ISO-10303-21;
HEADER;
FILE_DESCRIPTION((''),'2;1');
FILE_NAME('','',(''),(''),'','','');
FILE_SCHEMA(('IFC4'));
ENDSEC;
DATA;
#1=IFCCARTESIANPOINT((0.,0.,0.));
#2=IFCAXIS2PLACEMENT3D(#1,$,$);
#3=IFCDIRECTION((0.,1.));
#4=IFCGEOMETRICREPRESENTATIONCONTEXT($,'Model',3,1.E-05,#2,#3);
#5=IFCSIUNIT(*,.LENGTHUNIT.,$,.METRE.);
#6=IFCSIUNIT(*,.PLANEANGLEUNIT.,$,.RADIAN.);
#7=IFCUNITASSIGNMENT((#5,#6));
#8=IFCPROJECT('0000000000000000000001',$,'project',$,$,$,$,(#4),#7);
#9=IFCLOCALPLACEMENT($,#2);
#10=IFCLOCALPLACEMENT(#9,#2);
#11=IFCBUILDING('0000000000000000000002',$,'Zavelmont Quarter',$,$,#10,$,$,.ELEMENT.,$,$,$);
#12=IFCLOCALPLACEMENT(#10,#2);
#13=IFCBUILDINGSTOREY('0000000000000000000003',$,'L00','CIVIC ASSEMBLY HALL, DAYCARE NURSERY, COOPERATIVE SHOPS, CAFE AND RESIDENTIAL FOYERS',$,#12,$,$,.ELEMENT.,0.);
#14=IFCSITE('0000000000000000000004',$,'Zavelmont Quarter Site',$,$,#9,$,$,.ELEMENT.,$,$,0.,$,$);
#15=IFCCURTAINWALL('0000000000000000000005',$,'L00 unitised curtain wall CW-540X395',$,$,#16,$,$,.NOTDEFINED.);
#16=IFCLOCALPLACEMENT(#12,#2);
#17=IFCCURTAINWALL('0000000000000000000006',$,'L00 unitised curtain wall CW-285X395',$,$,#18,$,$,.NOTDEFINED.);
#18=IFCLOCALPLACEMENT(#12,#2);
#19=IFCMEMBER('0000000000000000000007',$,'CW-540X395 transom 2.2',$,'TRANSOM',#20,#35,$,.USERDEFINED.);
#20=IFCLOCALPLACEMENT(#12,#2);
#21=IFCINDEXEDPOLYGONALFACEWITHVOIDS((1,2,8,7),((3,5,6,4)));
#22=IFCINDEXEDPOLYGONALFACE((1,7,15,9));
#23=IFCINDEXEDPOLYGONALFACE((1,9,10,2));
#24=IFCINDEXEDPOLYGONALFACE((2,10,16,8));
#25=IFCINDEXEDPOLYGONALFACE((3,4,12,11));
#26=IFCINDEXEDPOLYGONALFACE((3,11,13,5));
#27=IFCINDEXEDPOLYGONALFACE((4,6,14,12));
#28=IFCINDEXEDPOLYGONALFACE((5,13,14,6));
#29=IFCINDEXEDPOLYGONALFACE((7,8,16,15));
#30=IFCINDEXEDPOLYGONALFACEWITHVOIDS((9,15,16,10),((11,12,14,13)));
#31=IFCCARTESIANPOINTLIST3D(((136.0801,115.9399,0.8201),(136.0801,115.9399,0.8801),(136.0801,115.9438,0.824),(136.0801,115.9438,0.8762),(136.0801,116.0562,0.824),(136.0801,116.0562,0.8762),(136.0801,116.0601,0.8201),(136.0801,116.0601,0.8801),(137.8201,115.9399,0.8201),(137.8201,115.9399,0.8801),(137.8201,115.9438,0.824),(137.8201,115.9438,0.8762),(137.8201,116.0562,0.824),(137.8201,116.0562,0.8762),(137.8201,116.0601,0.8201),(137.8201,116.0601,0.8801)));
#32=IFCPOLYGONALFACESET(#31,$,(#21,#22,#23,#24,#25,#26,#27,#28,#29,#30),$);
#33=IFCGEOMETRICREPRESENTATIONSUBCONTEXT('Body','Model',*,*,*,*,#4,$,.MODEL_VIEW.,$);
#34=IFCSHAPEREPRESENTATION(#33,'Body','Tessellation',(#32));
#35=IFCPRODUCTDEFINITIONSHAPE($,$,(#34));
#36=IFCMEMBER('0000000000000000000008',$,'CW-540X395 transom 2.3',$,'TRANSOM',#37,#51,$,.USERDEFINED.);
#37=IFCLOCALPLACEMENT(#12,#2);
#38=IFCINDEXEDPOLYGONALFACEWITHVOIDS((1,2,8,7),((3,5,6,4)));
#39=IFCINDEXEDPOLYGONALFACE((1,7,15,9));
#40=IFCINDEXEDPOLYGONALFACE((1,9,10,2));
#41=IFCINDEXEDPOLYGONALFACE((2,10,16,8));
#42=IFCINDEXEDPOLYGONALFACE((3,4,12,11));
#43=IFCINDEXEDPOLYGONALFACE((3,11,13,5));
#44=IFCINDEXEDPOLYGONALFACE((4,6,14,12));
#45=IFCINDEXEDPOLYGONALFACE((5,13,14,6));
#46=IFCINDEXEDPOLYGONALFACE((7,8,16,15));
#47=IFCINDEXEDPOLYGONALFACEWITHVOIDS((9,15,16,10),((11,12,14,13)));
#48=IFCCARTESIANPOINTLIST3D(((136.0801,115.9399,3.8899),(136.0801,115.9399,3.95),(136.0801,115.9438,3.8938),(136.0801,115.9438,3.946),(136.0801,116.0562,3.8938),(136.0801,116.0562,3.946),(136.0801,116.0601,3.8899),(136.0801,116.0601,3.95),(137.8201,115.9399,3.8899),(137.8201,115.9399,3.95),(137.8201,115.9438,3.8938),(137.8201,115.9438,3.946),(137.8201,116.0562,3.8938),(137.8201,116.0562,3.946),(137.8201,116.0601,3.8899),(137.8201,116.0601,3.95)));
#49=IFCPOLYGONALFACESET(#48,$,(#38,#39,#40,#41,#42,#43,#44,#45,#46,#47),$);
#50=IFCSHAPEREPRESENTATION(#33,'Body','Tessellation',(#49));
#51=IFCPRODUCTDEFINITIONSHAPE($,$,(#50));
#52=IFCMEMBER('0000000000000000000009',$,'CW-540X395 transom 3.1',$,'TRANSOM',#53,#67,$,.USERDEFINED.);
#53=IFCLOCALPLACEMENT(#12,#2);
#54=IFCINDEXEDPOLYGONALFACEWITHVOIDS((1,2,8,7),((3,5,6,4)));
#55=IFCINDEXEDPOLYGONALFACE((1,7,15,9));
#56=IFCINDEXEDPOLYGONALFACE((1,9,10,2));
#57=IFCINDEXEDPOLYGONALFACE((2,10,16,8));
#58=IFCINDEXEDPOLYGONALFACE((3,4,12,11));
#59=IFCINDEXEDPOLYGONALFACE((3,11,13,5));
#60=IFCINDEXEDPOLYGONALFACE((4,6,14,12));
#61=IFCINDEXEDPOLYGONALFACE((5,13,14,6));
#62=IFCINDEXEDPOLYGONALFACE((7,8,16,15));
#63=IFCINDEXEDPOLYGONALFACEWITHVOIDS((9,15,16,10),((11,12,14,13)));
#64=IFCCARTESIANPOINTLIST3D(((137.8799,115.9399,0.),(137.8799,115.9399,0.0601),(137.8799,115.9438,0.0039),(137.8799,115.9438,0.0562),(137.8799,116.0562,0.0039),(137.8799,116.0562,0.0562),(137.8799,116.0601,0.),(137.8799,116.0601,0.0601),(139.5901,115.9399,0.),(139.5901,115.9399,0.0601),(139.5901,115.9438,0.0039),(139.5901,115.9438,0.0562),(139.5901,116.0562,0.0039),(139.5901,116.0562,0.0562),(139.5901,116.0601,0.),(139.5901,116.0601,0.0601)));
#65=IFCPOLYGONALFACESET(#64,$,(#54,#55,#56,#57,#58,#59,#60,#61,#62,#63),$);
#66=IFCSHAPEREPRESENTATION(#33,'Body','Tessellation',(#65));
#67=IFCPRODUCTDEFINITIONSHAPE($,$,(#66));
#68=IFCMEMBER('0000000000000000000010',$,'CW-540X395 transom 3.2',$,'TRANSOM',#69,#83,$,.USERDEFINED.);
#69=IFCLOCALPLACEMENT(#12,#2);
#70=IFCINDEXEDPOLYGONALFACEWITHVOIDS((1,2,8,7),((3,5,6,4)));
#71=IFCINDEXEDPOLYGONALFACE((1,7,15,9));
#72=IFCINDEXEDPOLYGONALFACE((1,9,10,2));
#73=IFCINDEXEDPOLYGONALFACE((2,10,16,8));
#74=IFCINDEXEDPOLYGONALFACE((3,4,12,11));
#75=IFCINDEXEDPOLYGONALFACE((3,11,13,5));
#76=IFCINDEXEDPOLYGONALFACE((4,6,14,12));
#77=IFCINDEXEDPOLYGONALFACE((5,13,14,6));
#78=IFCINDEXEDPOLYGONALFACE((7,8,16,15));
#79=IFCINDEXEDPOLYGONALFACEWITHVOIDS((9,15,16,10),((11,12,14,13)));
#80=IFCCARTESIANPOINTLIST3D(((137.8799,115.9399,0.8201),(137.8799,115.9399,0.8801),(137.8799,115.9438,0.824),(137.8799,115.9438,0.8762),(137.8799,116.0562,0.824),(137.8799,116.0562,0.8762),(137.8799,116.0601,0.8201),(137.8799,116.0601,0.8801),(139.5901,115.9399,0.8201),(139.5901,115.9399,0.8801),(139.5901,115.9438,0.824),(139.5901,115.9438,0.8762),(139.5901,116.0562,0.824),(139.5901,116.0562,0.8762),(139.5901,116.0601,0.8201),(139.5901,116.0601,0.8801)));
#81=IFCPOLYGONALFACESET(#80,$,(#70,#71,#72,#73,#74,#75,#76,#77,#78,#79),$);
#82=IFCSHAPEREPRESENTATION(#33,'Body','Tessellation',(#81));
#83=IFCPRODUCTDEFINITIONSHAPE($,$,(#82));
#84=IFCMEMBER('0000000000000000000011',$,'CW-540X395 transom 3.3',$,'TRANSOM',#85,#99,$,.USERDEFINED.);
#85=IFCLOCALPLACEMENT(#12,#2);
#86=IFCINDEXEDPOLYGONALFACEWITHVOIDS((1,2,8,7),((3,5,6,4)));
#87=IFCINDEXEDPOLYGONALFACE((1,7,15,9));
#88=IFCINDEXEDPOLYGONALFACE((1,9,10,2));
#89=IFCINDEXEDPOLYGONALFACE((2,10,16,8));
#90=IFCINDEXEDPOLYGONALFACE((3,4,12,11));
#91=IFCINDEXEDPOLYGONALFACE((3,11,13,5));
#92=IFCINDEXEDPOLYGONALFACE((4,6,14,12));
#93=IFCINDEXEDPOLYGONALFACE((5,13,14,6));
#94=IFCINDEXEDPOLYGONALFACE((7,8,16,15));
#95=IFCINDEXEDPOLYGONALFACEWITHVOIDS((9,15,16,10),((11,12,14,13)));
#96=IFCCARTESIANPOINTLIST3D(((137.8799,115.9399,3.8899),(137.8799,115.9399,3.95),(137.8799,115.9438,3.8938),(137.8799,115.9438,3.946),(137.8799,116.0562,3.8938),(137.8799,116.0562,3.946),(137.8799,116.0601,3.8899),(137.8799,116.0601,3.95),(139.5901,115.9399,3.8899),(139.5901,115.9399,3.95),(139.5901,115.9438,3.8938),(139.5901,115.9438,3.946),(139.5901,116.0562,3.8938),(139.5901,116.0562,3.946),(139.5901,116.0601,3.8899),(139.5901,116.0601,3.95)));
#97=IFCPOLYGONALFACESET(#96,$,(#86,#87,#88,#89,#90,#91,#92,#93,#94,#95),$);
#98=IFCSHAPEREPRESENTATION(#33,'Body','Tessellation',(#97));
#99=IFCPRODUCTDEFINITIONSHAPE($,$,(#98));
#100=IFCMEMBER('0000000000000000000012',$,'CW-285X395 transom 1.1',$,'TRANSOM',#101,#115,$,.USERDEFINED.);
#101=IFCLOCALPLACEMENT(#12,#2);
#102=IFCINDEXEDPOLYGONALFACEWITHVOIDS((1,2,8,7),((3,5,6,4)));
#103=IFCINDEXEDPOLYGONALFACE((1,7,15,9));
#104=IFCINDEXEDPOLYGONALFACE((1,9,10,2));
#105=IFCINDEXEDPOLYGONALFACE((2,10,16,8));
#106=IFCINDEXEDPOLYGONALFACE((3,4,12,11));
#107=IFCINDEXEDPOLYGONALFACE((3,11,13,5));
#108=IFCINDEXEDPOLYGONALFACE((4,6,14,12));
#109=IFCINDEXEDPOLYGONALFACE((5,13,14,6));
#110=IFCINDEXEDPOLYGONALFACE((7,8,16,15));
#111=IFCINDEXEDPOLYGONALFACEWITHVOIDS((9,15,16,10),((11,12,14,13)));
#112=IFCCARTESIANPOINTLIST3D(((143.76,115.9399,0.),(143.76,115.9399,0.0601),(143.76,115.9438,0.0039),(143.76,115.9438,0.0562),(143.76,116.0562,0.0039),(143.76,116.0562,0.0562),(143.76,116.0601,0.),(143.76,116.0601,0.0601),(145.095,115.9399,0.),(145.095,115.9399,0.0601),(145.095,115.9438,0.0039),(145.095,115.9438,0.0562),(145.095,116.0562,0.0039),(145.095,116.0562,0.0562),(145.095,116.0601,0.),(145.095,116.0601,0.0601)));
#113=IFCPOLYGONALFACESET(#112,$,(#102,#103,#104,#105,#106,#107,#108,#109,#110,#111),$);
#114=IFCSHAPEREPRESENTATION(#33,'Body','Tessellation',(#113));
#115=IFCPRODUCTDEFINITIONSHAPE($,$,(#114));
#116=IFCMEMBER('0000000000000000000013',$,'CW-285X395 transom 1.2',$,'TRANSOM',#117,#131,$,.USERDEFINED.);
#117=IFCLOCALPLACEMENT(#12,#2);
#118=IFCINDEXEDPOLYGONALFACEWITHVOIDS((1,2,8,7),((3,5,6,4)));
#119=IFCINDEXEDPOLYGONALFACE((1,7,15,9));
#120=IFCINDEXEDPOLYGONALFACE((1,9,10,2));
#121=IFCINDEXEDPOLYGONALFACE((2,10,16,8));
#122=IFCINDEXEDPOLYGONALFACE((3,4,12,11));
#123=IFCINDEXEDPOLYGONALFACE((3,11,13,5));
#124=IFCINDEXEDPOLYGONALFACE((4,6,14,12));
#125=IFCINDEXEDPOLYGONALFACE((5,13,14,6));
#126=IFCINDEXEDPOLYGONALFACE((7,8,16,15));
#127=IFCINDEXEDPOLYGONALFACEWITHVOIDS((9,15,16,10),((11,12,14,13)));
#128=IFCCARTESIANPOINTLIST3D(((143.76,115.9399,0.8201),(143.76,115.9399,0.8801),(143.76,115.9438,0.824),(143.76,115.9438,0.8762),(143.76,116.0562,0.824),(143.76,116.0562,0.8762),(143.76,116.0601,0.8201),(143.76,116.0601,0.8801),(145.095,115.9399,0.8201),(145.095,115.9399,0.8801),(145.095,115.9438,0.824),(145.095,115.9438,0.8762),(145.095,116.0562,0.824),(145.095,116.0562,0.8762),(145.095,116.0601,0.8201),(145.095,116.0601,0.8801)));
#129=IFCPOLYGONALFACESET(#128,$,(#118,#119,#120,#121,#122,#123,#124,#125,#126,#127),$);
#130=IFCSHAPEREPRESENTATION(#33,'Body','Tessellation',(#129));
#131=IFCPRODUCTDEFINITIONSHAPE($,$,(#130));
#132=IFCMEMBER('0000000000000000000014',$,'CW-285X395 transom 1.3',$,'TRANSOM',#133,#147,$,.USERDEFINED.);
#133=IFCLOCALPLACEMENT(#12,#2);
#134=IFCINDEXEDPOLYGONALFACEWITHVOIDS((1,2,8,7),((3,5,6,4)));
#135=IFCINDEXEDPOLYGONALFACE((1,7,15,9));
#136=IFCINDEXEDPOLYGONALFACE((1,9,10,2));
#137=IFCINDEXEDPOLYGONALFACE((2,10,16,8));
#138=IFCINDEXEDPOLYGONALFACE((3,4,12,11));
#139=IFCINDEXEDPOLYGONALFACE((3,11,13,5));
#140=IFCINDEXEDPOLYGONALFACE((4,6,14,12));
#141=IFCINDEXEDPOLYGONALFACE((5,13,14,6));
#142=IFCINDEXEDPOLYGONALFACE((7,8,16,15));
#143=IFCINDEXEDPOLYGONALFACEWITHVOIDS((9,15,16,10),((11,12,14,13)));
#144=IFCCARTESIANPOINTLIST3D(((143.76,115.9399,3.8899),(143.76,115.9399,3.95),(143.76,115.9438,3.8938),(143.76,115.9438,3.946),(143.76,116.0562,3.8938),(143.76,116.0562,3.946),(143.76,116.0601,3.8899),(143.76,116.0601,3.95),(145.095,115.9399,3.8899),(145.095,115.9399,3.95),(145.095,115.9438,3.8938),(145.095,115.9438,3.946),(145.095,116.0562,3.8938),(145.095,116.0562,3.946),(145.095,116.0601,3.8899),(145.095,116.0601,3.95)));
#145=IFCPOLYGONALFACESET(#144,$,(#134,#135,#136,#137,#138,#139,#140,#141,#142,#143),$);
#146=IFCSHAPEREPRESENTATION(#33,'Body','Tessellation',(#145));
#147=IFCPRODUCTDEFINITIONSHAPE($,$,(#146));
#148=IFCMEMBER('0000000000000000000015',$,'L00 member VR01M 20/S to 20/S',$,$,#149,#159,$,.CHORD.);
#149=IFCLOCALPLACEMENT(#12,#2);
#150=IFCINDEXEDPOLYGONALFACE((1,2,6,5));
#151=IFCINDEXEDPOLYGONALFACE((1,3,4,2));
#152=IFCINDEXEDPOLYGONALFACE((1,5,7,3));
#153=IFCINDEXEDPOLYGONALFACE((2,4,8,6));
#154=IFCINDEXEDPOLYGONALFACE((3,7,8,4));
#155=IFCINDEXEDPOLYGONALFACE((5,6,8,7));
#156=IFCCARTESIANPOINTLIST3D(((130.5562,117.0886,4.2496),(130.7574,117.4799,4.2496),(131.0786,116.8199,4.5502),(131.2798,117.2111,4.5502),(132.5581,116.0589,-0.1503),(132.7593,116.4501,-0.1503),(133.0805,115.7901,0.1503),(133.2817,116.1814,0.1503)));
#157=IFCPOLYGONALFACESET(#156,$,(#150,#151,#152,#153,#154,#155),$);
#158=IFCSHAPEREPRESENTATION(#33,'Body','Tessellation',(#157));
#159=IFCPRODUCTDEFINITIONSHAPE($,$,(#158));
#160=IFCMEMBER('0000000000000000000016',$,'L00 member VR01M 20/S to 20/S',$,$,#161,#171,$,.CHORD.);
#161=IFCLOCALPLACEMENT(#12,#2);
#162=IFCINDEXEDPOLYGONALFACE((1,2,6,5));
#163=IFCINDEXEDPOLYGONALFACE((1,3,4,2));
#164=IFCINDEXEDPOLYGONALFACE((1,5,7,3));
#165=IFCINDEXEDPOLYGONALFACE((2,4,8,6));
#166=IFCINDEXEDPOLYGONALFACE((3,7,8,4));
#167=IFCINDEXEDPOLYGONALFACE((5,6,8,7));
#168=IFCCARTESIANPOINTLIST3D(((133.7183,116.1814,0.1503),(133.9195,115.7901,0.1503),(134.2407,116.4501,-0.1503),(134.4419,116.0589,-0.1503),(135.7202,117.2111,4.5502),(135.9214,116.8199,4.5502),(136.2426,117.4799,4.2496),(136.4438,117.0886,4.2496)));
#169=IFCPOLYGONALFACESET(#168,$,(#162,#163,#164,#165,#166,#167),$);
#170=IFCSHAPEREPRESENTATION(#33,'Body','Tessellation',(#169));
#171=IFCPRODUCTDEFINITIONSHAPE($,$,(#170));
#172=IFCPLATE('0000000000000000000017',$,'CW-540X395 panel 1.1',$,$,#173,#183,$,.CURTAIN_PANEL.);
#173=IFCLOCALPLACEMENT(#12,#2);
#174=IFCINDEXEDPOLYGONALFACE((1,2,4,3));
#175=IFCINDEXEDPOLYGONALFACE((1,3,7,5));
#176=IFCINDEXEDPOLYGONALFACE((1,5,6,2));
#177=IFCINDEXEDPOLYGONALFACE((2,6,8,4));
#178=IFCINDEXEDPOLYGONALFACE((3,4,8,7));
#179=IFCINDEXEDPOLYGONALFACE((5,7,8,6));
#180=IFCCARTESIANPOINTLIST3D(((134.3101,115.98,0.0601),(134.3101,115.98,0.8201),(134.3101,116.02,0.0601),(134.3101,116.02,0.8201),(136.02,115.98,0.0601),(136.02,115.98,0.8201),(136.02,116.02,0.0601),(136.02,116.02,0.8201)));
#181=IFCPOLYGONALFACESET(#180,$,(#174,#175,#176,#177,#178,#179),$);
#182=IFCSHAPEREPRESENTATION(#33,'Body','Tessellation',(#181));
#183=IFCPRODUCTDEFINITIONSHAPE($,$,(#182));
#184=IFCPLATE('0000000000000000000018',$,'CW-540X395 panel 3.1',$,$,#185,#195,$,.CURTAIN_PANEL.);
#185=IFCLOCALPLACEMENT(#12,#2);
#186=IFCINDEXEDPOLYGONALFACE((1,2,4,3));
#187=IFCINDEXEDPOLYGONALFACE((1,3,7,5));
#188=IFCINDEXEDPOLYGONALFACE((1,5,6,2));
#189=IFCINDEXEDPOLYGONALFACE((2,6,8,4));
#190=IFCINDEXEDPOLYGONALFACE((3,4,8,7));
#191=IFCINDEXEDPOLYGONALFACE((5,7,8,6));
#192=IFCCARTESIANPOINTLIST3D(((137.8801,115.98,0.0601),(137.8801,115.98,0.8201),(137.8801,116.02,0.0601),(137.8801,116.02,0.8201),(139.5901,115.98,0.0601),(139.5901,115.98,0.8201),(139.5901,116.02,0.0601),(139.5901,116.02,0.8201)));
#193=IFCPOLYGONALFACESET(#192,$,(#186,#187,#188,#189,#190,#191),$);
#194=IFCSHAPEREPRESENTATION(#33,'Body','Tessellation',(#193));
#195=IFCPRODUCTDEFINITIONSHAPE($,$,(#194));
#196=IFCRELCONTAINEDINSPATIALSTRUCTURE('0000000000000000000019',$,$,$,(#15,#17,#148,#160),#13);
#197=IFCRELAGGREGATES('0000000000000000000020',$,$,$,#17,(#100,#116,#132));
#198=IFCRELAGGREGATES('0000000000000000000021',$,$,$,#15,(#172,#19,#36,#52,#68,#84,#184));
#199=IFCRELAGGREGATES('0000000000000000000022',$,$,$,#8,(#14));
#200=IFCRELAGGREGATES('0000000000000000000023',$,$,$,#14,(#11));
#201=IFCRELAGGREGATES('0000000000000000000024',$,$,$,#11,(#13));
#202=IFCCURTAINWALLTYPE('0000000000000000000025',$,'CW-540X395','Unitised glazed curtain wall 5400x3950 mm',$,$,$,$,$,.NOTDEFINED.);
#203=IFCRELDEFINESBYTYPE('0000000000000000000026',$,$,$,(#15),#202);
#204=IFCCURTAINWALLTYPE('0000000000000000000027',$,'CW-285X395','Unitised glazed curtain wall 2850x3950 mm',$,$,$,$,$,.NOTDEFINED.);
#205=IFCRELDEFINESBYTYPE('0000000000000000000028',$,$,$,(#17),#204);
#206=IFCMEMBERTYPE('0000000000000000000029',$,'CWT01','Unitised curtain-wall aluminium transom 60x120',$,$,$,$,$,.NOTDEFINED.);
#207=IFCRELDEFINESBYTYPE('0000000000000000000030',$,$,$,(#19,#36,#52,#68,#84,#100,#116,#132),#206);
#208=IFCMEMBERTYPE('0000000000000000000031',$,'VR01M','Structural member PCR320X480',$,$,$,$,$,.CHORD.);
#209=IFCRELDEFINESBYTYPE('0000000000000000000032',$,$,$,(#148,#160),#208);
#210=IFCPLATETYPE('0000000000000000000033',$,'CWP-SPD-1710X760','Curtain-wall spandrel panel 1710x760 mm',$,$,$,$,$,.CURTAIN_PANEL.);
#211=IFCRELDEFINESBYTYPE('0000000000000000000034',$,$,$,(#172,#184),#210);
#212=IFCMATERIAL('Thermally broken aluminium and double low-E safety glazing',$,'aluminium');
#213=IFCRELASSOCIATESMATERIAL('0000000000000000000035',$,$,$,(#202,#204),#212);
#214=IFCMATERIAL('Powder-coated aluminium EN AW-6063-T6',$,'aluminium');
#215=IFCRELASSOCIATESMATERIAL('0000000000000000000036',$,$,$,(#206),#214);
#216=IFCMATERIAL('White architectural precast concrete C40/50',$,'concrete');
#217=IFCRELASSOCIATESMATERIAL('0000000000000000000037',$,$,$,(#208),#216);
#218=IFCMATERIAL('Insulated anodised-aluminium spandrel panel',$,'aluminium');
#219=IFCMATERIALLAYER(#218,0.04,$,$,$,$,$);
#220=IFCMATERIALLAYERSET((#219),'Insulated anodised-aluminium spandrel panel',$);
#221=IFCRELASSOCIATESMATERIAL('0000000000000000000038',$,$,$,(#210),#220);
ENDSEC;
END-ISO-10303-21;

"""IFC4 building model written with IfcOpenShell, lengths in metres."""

from ifc_helpers import new_model, si_unit, direction, frame, origin, origin_2d, place, context, subcontext, project, spatial, rectangle, hollow_rectangle, extrude, material, layer, layer_set, material_profile, profile_set, type_object, element, aggregate, save


model = new_model("IFC4")

# Units and contexts
model_context = context("Model", 3, precision=1e-05, world=origin(), true_north=direction((0.0, 1.0)))
body_context = subcontext(model_context, "Body", "Model", "MODEL_VIEW")
ifc_project = project(units=[si_unit("LENGTHUNIT", "METRE"), si_unit("PLANEANGLEUNIT", "RADIAN")], contexts=[model_context])

# Site, building, storey
site_placement = place(None, origin())
site = spatial("IfcSite", under=ifc_project, at=site_placement, Name="Zavelmont Quarter Site", CompositionType="ELEMENT", RefElevation=0.0)
building_placement = place(site_placement, origin())
building = spatial("IfcBuilding", under=site, at=building_placement, Name="Zavelmont Quarter", CompositionType="ELEMENT")
storey_placement = place(building_placement, origin())
storey = spatial("IfcBuildingStorey", under=building, at=storey_placement, Name="L00", Description="CIVIC ASSEMBLY HALL, DAYCARE NURSERY, COOPERATIVE SHOPS, CAFE AND RESIDENTIAL FOYERS", CompositionType="ELEMENT", Elevation=0.0)

# Shared definitions
ifc_material_1 = material(Name="Thermally broken aluminium and double low-E safety glazing", Category="aluminium")
curtain_wall_type_1 = type_object("IfcCurtainWallType", Name="CW-540X395", Description="Unitised glazed curtain wall 5400x3950 mm", PredefinedType="NOTDEFINED", material=ifc_material_1)
ifc_material_2 = material(Name="Powder-coated aluminium EN AW-6063-T6", Category="aluminium")

# Curtain wall
curtain_wall_1_placement = place(storey_placement, origin())
curtain_wall_1 = element("IfcCurtainWall", 1, at=curtain_wall_1_placement, inside=storey, type_object=curtain_wall_type_1, Name="L00 unitised curtain wall CW-540X395", PredefinedType="NOTDEFINED")

# Curtain wall
curtain_wall_type_2 = type_object("IfcCurtainWallType", Name="CW-285X395", Description="Unitised glazed curtain wall 2850x3950 mm", PredefinedType="NOTDEFINED", material=ifc_material_1)
curtain_wall_2_placement = place(storey_placement, origin())
curtain_wall_2 = element("IfcCurtainWall", 2, at=curtain_wall_2_placement, inside=storey, type_object=curtain_wall_type_2, Name="L00 unitised curtain wall CW-285X395", PredefinedType="NOTDEFINED")

# Members
ifc_material_profile_1 = material_profile(ifc_material_2, hollow_rectangle(XDim=0.1201, YDim=0.0601, WallThickness=0.0039, at=origin_2d()), Name="CWT60X120")
ifc_profile_set_1 = profile_set([ifc_material_profile_1], Name="Powder-coated aluminium EN AW-6063-T6")
member_type_1 = type_object("IfcMemberType", Name="CWT01", Description="Unitised curtain-wall aluminium transom 60x120", PredefinedType="NOTDEFINED", material=ifc_profile_set_1)
member_1_placement = place(storey_placement, frame((136.0801, 116.0, 0.8501), z_axis=(1.0, 0.0, 0.0), x_axis=(0.0, 1.0, 0.0)))
member_1 = element("IfcMember", 3, at=member_1_placement, type_object=member_type_1, Name="CW-540X395 transom 2.2", ObjectType="TRANSOM", PredefinedType="USERDEFINED", context=body_context, shape_type="SweptSolid", body=[
    extrude(hollow_rectangle(XDim=0.1201, YDim=0.0601, WallThickness=0.0039, at=origin_2d()), origin(), (0.0, 0.0, 1.0), 1.74),
])
member_2_placement = place(storey_placement, frame((136.0801, 116.0, 3.9199), z_axis=(1.0, 0.0, 0.0), x_axis=(0.0, 1.0, 0.0)))
member_2 = element("IfcMember", 4, at=member_2_placement, type_object=member_type_1, Name="CW-540X395 transom 2.3", ObjectType="TRANSOM", PredefinedType="USERDEFINED", context=body_context, shape_type="SweptSolid", body=[
    extrude(hollow_rectangle(XDim=0.1201, YDim=0.0601, WallThickness=0.0039, at=origin_2d()), origin(), (0.0, 0.0, 1.0), 1.74),
])
member_3_placement = place(storey_placement, frame((137.8799, 116.0, 0.03), z_axis=(1.0, 0.0, 0.0), x_axis=(0.0, 1.0, 0.0)))
member_3 = element("IfcMember", 5, at=member_3_placement, type_object=member_type_1, Name="CW-540X395 transom 3.1", ObjectType="TRANSOM", PredefinedType="USERDEFINED", context=body_context, shape_type="SweptSolid", body=[
    extrude(hollow_rectangle(XDim=0.1201, YDim=0.0601, WallThickness=0.0039, at=origin_2d()), origin(), (0.0, 0.0, 1.0), 1.7102),
])
member_4_placement = place(storey_placement, frame((137.8799, 116.0, 0.8501), z_axis=(1.0, 0.0, 0.0), x_axis=(0.0, 1.0, 0.0)))
member_4 = element("IfcMember", 6, at=member_4_placement, type_object=member_type_1, Name="CW-540X395 transom 3.2", ObjectType="TRANSOM", PredefinedType="USERDEFINED", context=body_context, shape_type="SweptSolid", body=[
    extrude(hollow_rectangle(XDim=0.1201, YDim=0.0601, WallThickness=0.0039, at=origin_2d()), origin(), (0.0, 0.0, 1.0), 1.7102),
])
member_5_placement = place(storey_placement, frame((137.8799, 116.0, 3.9199), z_axis=(1.0, 0.0, 0.0), x_axis=(0.0, 1.0, 0.0)))
member_5 = element("IfcMember", 7, at=member_5_placement, type_object=member_type_1, Name="CW-540X395 transom 3.3", ObjectType="TRANSOM", PredefinedType="USERDEFINED", context=body_context, shape_type="SweptSolid", body=[
    extrude(hollow_rectangle(XDim=0.1201, YDim=0.0601, WallThickness=0.0039, at=origin_2d()), origin(), (0.0, 0.0, 1.0), 1.7102),
])
member_6_placement = place(storey_placement, frame((143.76, 116.0, 0.03), z_axis=(1.0, 0.0, 0.0), x_axis=(0.0, 1.0, 0.0)))
member_6 = element("IfcMember", 8, at=member_6_placement, type_object=member_type_1, Name="CW-285X395 transom 1.1", ObjectType="TRANSOM", PredefinedType="USERDEFINED", context=body_context, shape_type="SweptSolid", body=[
    extrude(hollow_rectangle(XDim=0.1201, YDim=0.0601, WallThickness=0.0039, at=origin_2d()), origin(), (0.0, 0.0, 1.0), 1.335),
])
member_7_placement = place(storey_placement, frame((143.76, 116.0, 0.8501), z_axis=(1.0, 0.0, 0.0), x_axis=(0.0, 1.0, 0.0)))
member_7 = element("IfcMember", 9, at=member_7_placement, type_object=member_type_1, Name="CW-285X395 transom 1.2", ObjectType="TRANSOM", PredefinedType="USERDEFINED", context=body_context, shape_type="SweptSolid", body=[
    extrude(hollow_rectangle(XDim=0.1201, YDim=0.0601, WallThickness=0.0039, at=origin_2d()), origin(), (0.0, 0.0, 1.0), 1.335),
])
member_8_placement = place(storey_placement, frame((143.76, 116.0, 3.9199), z_axis=(1.0, 0.0, 0.0), x_axis=(0.0, 1.0, 0.0)))
member_8 = element("IfcMember", 10, at=member_8_placement, type_object=member_type_1, Name="CW-285X395 transom 1.3", ObjectType="TRANSOM", PredefinedType="USERDEFINED", context=body_context, shape_type="SweptSolid", body=[
    extrude(hollow_rectangle(XDim=0.1201, YDim=0.0601, WallThickness=0.0039, at=origin_2d()), origin(), (0.0, 0.0, 1.0), 1.335),
])
aggregate(curtain_wall_2, [member_6, member_7, member_8])

# Members
ifc_material_3 = material(Name="White architectural precast concrete C40/50", Category="concrete")
ifc_material_profile_2 = material_profile(ifc_material_3, rectangle(XDim=0.4399, YDim=0.6599, at=origin_2d()), Name="PCR320X480")
ifc_profile_set_2 = profile_set([ifc_material_profile_2], Name="White architectural precast concrete C40/50")
member_type_2 = type_object("IfcMemberType", Name="VR01M", Description="Structural member PCR320X480", PredefinedType="CHORD", material=ifc_profile_set_2)
for number, where, z_axis, x_axis, name in (
    (11, (132.9199, 116.1201, 0.0), (-0.405056, 0.208357, 0.890234), (-0.457422, -0.88925, 0.0), "L00 member VR01M 20/S to 20/S"),
    (12, (134.0801, 116.1201, 0.0), (0.405056, 0.208357, 0.890234), (-0.457422, 0.88925, 0.0), "L00 member VR01M 20/S to 20/S"),
):
    element("IfcMember", number, at=place(storey_placement, frame(where, z_axis=z_axis, x_axis=x_axis)), inside=storey, type_object=member_type_2, Name=name, PredefinedType="CHORD", context=body_context, shape_type="SweptSolid", body=[
        extrude(rectangle(XDim=0.4399, YDim=0.6599, at=origin_2d()), origin(), (0.0, 0.0, 1.0), 4.9424),
    ])

# Plates
ifc_material_4 = material(Name="Insulated anodised-aluminium spandrel panel", Category="aluminium")
ifc_layer_1 = layer(ifc_material_4, 0.04)
ifc_layer_set_1 = layer_set([ifc_layer_1], Name="Insulated anodised-aluminium spandrel panel")
plate_type_1 = type_object("IfcPlateType", Name="CWP-SPD-1710X760", Description="Curtain-wall spandrel panel 1710x760 mm", PredefinedType="CURTAIN_PANEL", material=ifc_layer_set_1)
plate_1_placement = place(storey_placement, frame((135.165, 116.0, 0.0601), z_axis=(0.0, 0.0, 1.0), x_axis=(1.0, 0.0, 0.0)))
plate_1 = element("IfcPlate", 13, at=plate_1_placement, type_object=plate_type_1, Name="CW-540X395 panel 1.1", PredefinedType="CURTAIN_PANEL", context=body_context, shape_type="SweptSolid", body=[
    extrude(rectangle(XDim=1.71, YDim=0.04, at=origin_2d()), origin(), (0.0, 0.0, 1.0), 0.76),
])
plate_2_placement = place(storey_placement, frame((138.7351, 116.0, 0.0601), z_axis=(0.0, 0.0, 1.0), x_axis=(1.0, 0.0, 0.0)))
plate_2 = element("IfcPlate", 14, at=plate_2_placement, type_object=plate_type_1, Name="CW-540X395 panel 3.1", PredefinedType="CURTAIN_PANEL", context=body_context, shape_type="SweptSolid", body=[
    extrude(rectangle(XDim=1.71, YDim=0.04, at=origin_2d()), origin(), (0.0, 0.0, 1.0), 0.76),
])
aggregate(curtain_wall_1, [plate_1, member_1, member_2, member_3, member_4, member_5, plate_2])

save(model, "model.ifc")
